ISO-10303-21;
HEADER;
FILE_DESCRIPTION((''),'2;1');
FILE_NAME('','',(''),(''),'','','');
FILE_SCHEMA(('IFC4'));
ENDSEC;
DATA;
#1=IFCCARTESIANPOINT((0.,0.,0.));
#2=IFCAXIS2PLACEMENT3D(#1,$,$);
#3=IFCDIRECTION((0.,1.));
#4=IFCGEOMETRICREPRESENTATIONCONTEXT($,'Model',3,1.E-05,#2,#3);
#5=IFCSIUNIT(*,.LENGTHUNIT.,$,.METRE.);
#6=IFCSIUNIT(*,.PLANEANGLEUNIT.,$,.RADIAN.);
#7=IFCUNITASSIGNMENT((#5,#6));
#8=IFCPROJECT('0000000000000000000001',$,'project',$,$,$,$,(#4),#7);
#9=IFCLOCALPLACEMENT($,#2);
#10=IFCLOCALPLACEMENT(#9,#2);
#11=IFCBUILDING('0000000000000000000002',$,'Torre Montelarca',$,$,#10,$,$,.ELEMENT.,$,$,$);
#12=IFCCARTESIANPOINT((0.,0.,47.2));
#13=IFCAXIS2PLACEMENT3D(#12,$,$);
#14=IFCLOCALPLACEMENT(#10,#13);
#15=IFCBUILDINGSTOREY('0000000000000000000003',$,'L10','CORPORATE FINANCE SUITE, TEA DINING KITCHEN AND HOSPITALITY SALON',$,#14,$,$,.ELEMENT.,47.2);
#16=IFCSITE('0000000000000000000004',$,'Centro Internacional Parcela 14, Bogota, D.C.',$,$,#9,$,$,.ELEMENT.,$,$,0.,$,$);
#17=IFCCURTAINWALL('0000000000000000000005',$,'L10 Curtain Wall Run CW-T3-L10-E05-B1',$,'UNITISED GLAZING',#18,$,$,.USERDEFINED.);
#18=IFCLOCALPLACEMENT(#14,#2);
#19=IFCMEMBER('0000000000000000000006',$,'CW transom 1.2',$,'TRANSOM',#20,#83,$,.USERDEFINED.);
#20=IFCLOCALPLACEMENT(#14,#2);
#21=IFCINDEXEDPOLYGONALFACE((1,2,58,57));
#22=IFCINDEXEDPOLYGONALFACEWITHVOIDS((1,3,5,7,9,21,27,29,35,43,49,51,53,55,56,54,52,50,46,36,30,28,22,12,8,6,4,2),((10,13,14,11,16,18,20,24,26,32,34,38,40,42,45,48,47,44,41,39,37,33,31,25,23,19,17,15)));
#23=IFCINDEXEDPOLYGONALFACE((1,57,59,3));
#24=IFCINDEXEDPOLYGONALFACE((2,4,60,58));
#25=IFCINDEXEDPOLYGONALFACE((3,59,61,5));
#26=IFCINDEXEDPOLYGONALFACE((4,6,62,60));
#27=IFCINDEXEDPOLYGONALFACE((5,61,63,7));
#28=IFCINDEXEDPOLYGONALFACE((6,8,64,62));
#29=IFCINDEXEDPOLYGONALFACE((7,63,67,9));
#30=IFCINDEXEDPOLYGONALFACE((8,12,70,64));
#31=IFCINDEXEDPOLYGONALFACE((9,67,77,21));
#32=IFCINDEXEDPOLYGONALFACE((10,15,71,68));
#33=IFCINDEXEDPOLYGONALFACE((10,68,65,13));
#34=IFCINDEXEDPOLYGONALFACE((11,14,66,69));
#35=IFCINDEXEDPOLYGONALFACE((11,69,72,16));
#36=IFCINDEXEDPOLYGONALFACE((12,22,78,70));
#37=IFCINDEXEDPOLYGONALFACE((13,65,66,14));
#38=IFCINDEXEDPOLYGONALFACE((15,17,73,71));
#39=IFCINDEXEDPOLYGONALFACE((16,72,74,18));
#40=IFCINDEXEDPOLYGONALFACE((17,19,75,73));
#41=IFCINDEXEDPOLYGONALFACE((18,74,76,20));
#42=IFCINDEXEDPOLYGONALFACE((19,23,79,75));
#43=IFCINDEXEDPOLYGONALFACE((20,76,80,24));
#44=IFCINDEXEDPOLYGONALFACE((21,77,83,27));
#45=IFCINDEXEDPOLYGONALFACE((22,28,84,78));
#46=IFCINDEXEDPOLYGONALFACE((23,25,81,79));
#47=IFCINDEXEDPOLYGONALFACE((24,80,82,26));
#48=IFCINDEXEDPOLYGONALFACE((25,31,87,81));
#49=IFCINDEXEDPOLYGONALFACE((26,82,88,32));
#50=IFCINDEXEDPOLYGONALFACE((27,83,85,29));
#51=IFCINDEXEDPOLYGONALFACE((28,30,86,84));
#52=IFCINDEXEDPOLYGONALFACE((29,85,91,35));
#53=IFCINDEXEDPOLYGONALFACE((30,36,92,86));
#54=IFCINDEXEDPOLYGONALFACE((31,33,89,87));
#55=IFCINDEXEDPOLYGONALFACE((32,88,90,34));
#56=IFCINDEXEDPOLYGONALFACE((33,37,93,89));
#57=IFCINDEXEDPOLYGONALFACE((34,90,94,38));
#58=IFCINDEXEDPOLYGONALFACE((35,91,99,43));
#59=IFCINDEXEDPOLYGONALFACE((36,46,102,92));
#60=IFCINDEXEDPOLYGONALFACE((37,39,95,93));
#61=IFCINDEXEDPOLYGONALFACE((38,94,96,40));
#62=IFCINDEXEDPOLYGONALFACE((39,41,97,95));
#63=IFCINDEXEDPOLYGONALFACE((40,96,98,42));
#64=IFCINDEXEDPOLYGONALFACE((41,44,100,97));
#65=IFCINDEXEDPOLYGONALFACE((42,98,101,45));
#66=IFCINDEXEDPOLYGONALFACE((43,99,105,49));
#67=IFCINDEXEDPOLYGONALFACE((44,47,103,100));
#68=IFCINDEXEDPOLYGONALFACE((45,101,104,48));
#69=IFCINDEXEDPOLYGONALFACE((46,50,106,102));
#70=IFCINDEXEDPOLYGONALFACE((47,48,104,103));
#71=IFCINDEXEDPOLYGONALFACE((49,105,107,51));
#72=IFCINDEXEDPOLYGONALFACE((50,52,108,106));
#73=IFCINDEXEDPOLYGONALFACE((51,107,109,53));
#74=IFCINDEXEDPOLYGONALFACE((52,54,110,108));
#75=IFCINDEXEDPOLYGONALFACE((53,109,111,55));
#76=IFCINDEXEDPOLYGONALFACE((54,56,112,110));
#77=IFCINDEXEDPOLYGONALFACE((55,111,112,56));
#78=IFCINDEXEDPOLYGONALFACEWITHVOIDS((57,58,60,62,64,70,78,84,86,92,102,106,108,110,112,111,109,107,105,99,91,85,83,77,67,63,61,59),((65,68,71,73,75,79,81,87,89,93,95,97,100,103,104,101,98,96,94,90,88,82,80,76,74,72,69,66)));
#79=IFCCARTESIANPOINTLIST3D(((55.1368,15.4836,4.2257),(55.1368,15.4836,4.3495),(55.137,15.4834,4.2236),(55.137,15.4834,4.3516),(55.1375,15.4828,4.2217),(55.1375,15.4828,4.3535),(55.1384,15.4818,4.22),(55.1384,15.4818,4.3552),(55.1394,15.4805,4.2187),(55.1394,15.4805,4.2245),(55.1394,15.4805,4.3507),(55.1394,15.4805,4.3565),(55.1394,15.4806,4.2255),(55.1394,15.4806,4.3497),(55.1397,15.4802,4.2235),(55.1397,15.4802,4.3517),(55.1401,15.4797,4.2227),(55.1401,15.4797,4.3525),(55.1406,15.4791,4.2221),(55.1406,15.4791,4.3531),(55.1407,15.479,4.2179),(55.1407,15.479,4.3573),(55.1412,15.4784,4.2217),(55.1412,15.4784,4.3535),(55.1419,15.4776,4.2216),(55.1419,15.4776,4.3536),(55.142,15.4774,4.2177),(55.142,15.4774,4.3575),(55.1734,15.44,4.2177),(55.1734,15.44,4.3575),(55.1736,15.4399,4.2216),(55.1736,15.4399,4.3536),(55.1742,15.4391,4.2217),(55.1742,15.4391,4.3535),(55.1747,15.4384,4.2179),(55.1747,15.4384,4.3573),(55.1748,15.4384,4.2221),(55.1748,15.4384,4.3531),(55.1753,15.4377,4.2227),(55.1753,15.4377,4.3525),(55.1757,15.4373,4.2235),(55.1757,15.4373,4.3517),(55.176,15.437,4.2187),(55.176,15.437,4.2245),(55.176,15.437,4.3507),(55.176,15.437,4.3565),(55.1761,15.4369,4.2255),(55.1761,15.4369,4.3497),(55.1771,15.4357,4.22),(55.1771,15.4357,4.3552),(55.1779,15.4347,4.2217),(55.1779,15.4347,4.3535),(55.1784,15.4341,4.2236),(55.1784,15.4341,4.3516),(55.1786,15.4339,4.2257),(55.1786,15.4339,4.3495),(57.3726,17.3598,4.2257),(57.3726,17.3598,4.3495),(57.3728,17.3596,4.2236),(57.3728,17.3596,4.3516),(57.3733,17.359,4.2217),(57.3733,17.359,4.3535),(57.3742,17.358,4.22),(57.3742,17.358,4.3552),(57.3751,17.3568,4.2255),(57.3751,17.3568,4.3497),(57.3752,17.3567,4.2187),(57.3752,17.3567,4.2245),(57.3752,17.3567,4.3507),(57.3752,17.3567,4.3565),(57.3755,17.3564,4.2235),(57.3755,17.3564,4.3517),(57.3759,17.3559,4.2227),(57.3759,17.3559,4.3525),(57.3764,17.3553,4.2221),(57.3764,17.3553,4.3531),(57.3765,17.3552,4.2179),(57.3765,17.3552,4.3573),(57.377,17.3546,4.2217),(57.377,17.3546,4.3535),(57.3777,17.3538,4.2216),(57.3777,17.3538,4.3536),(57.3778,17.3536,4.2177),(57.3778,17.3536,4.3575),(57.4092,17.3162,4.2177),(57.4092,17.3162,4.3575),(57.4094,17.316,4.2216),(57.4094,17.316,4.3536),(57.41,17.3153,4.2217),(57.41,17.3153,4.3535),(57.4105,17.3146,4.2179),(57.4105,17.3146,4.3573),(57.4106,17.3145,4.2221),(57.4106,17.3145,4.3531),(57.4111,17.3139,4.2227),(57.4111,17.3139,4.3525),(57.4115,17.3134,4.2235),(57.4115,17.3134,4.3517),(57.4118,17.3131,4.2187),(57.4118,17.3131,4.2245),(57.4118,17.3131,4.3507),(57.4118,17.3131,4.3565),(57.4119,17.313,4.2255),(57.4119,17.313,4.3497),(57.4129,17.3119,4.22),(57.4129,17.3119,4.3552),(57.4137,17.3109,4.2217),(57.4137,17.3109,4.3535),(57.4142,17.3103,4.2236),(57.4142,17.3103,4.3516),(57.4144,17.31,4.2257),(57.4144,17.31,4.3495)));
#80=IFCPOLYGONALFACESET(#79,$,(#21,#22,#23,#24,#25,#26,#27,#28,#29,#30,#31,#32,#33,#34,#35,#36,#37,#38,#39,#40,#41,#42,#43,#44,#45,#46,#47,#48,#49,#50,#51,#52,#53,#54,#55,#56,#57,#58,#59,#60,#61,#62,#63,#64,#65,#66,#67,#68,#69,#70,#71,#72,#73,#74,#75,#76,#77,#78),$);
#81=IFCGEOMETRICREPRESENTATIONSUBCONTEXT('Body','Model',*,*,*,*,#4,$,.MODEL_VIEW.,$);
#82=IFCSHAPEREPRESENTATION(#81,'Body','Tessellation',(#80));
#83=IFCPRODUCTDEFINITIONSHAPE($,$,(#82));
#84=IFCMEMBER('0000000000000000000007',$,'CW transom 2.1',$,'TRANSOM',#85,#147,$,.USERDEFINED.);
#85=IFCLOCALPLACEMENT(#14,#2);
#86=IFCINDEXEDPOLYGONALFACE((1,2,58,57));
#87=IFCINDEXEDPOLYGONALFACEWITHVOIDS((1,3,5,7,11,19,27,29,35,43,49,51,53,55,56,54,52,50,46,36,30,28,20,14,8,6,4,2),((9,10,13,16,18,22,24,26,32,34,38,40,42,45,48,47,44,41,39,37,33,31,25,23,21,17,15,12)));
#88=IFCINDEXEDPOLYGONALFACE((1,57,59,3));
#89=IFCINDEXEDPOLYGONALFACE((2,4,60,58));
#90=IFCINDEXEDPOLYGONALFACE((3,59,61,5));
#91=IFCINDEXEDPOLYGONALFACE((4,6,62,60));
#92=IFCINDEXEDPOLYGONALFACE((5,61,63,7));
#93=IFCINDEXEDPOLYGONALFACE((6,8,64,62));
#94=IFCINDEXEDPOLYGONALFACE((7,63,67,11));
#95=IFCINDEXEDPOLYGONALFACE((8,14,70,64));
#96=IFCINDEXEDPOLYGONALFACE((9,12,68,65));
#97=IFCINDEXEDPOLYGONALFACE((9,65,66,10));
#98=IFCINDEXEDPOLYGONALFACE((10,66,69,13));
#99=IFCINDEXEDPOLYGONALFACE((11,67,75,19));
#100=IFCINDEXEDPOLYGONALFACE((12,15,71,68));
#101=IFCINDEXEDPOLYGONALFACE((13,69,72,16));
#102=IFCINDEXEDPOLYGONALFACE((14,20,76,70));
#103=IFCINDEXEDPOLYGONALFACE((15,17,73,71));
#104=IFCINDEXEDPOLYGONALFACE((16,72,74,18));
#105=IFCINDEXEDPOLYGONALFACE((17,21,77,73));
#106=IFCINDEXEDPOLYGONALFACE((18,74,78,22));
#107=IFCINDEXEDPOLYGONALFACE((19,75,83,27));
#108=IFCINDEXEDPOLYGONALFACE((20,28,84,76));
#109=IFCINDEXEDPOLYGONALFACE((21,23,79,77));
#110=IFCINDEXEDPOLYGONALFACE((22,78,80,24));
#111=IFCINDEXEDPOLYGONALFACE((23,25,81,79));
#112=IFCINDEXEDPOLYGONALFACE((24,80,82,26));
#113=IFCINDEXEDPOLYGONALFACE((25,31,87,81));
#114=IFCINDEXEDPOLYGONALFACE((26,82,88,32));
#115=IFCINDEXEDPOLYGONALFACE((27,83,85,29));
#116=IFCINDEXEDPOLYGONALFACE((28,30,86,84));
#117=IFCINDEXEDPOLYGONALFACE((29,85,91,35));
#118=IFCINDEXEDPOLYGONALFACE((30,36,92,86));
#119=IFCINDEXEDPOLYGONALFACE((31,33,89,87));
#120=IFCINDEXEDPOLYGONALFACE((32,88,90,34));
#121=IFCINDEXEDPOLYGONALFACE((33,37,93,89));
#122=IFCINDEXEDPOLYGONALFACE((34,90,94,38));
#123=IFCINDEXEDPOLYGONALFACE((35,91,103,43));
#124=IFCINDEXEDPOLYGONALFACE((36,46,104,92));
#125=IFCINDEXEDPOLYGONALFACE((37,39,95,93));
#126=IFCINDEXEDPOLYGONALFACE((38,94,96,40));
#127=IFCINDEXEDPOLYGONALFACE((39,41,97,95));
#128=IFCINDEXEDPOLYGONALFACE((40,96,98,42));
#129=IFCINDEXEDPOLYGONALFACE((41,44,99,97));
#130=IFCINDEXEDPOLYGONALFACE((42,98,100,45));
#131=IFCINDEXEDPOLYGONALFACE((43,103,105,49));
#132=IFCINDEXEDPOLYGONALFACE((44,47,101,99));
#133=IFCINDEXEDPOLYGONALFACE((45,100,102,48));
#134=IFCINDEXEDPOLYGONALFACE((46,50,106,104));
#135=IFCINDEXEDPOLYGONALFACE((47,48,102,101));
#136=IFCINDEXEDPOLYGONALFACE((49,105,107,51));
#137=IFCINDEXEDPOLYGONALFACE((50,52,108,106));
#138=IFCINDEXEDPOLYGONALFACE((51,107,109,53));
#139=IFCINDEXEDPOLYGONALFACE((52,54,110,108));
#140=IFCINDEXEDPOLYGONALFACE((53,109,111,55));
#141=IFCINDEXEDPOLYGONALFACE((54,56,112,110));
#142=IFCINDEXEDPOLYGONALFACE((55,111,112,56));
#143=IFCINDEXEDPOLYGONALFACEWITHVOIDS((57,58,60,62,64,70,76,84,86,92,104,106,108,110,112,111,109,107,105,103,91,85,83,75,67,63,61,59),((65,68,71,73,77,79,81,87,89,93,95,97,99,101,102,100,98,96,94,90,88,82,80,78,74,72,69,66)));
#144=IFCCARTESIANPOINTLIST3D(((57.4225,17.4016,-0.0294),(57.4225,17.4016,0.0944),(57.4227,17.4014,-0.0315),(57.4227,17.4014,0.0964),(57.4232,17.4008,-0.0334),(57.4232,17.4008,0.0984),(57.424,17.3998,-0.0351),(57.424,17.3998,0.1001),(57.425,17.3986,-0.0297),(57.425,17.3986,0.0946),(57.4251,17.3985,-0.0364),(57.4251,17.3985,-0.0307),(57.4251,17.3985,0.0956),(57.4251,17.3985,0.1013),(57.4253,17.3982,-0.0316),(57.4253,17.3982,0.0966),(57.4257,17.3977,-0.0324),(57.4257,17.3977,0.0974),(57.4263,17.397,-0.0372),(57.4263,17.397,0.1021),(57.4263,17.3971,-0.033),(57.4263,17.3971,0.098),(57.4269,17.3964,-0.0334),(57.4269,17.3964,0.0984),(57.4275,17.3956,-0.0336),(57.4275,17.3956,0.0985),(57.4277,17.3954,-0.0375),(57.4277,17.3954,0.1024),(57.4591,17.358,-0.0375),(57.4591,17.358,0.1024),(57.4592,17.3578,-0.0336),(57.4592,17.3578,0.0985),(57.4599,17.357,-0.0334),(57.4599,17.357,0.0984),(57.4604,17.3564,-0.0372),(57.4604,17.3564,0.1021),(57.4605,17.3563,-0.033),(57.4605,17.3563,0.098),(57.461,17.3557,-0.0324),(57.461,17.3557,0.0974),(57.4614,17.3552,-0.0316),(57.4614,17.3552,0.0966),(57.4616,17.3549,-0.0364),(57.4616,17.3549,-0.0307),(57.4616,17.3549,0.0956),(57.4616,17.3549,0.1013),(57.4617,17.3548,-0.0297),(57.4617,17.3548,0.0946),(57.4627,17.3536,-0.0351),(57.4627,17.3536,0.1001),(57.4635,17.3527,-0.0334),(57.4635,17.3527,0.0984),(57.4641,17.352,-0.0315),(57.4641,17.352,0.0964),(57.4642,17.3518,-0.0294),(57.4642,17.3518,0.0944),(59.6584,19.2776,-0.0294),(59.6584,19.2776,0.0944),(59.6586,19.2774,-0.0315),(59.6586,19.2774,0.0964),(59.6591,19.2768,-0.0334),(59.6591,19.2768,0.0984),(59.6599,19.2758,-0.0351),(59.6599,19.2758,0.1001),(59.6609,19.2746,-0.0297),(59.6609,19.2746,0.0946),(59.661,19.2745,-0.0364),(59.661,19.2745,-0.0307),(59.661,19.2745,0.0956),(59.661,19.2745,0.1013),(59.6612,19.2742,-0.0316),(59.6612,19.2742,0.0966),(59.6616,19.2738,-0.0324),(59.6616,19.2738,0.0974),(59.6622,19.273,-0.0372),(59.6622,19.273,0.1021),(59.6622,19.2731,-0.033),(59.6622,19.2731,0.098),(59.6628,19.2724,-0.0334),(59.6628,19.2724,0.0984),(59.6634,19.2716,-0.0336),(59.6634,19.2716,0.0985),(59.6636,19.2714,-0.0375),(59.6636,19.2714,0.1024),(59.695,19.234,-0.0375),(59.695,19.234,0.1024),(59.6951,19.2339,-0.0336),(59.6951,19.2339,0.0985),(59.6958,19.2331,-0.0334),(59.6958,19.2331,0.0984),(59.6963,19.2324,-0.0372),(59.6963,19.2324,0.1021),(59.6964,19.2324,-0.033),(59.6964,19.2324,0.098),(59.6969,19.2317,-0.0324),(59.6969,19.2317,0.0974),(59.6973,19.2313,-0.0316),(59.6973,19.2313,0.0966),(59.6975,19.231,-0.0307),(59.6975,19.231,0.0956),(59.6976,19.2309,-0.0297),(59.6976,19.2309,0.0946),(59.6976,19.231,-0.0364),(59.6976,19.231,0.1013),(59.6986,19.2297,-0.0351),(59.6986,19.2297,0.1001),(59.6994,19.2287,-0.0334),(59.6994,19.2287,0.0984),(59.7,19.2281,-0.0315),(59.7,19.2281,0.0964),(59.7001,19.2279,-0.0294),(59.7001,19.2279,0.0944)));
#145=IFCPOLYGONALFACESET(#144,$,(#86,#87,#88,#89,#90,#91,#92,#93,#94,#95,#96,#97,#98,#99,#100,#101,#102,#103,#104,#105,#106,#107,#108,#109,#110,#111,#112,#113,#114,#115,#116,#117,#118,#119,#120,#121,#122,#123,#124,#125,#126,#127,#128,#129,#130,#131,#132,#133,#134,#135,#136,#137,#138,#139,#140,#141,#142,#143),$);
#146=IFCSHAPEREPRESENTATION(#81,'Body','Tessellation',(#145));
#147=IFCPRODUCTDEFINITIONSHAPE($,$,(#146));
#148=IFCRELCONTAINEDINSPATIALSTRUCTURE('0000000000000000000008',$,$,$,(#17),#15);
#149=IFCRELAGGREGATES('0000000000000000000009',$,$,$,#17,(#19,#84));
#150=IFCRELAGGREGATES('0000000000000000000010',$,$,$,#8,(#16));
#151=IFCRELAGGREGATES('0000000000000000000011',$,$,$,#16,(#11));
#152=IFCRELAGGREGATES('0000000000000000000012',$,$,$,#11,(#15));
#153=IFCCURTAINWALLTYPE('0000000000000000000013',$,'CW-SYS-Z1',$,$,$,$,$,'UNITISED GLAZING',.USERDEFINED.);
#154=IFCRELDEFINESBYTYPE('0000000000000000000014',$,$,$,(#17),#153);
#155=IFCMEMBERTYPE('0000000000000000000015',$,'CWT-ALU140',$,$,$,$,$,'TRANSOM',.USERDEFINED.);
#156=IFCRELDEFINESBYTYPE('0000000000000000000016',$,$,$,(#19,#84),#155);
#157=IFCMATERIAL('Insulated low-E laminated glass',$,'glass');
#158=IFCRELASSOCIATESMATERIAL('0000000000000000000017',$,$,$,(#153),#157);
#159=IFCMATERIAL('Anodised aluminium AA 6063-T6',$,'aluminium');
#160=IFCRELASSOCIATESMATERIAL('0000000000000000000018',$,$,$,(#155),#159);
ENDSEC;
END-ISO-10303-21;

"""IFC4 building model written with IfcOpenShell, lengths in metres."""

from ifc_helpers import new_model, si_unit, direction, frame, origin, origin_2d, place, context, subcontext, project, spatial, hollow_rectangle, extrude, source, transform, mapped, material, material_profile, profile_set, type_object, element, aggregate, save


model = new_model("IFC4")

# Units and contexts
model_context = context("Model", 3, precision=1e-05, world=origin(), true_north=direction((0.0, 1.0)))
body_context = subcontext(model_context, "Body", "Model", "MODEL_VIEW")
ifc_project = project(units=[si_unit("LENGTHUNIT", "METRE"), si_unit("PLANEANGLEUNIT", "RADIAN")], contexts=[model_context])

# Site, building, storey
site_placement = place(None, origin())
site = spatial("IfcSite", under=ifc_project, at=site_placement, Name="Centro Internacional Parcela 14, Bogota, D.C.", CompositionType="ELEMENT", RefElevation=0.0)
building_placement = place(site_placement, origin())
building = spatial("IfcBuilding", under=site, at=building_placement, Name="Torre Montelarca", CompositionType="ELEMENT")
storey_placement = place(building_placement, frame((0.0, 0.0, 47.2)))
storey = spatial("IfcBuildingStorey", under=building, at=storey_placement, Name="L10", Description="CORPORATE FINANCE SUITE, TEA DINING KITCHEN AND HOSPITALITY SALON", CompositionType="ELEMENT", Elevation=47.2)

# Curtain wall
ifc_material_1 = material(Name="Insulated low-E laminated glass", Category="glass")
curtain_wall_type = type_object("IfcCurtainWallType", Name="CW-SYS-Z1", ElementType="UNITISED GLAZING", PredefinedType="USERDEFINED", material=ifc_material_1)
ifc_material_2 = material(Name="Anodised aluminium AA 6063-T6", Category="aluminium")
curtain_wall_1_placement = place(storey_placement, origin())
curtain_wall_1 = element("IfcCurtainWall", 1, at=curtain_wall_1_placement, inside=storey, type_object=curtain_wall_type, Name="L10 Curtain Wall Run CW-T3-L10-E05-B1", ObjectType="UNITISED GLAZING", PredefinedType="USERDEFINED")

# Members
ifc_material_profile_1 = material_profile(ifc_material_2, hollow_rectangle(XDim=0.0649, YDim=0.1399, WallThickness=0.0039, InnerFilletRadius=0.0039, OuterFilletRadius=0.0081, at=origin_2d()), Name="ALU65X140X4", Category="aluminium")
ifc_profile_set_1 = profile_set([ifc_material_profile_1], Name="Anodised aluminium AA 6063-T6")
member_type_1 = type_object("IfcMemberType", Name="CWT-ALU140", ElementType="TRANSOM", PredefinedType="USERDEFINED", material=ifc_profile_set_1)
shared_shape_1 = source(origin(), body_context, "Body", "SweptSolid", [
    extrude(hollow_rectangle(XDim=0.0649, YDim=0.1399, WallThickness=0.0039, InnerFilletRadius=0.0039, OuterFilletRadius=0.0081, at=origin_2d()), origin(), (0.0, 0.0, 1.0), 2.9187),
])
member_1_placement = place(storey_placement, frame((55.1577, 15.4587, 4.2876), z_axis=(0.766023, 0.642813, 0.0), x_axis=(-0.642813, 0.766023, 0.0)))
member_1 = element("IfcMember", 2, at=member_1_placement, type_object=member_type_1, Name="CW transom 1.2", ObjectType="TRANSOM", PredefinedType="USERDEFINED", context=body_context, shape_type="MappedRepresentation", body=[
    mapped(shared_shape_1, transform((0.0, 0.0, 0.0), scale=1.0)),
])
member_2_placement = place(storey_placement, frame((57.4434, 17.3767, 0.0325), z_axis=(0.766064, 0.642764, 0.0), x_axis=(-0.642764, 0.766064, 0.0)))
member_2 = element("IfcMember", 3, at=member_2_placement, type_object=member_type_1, Name="CW transom 2.1", ObjectType="TRANSOM", PredefinedType="USERDEFINED", context=body_context, shape_type="MappedRepresentation", body=[
    mapped(shared_shape_1, transform((0.0, 0.0, 0.0), scale=1.0)),
])

aggregate(curtain_wall_1, [member_1, member_2])

save(model, "model.ifc")
